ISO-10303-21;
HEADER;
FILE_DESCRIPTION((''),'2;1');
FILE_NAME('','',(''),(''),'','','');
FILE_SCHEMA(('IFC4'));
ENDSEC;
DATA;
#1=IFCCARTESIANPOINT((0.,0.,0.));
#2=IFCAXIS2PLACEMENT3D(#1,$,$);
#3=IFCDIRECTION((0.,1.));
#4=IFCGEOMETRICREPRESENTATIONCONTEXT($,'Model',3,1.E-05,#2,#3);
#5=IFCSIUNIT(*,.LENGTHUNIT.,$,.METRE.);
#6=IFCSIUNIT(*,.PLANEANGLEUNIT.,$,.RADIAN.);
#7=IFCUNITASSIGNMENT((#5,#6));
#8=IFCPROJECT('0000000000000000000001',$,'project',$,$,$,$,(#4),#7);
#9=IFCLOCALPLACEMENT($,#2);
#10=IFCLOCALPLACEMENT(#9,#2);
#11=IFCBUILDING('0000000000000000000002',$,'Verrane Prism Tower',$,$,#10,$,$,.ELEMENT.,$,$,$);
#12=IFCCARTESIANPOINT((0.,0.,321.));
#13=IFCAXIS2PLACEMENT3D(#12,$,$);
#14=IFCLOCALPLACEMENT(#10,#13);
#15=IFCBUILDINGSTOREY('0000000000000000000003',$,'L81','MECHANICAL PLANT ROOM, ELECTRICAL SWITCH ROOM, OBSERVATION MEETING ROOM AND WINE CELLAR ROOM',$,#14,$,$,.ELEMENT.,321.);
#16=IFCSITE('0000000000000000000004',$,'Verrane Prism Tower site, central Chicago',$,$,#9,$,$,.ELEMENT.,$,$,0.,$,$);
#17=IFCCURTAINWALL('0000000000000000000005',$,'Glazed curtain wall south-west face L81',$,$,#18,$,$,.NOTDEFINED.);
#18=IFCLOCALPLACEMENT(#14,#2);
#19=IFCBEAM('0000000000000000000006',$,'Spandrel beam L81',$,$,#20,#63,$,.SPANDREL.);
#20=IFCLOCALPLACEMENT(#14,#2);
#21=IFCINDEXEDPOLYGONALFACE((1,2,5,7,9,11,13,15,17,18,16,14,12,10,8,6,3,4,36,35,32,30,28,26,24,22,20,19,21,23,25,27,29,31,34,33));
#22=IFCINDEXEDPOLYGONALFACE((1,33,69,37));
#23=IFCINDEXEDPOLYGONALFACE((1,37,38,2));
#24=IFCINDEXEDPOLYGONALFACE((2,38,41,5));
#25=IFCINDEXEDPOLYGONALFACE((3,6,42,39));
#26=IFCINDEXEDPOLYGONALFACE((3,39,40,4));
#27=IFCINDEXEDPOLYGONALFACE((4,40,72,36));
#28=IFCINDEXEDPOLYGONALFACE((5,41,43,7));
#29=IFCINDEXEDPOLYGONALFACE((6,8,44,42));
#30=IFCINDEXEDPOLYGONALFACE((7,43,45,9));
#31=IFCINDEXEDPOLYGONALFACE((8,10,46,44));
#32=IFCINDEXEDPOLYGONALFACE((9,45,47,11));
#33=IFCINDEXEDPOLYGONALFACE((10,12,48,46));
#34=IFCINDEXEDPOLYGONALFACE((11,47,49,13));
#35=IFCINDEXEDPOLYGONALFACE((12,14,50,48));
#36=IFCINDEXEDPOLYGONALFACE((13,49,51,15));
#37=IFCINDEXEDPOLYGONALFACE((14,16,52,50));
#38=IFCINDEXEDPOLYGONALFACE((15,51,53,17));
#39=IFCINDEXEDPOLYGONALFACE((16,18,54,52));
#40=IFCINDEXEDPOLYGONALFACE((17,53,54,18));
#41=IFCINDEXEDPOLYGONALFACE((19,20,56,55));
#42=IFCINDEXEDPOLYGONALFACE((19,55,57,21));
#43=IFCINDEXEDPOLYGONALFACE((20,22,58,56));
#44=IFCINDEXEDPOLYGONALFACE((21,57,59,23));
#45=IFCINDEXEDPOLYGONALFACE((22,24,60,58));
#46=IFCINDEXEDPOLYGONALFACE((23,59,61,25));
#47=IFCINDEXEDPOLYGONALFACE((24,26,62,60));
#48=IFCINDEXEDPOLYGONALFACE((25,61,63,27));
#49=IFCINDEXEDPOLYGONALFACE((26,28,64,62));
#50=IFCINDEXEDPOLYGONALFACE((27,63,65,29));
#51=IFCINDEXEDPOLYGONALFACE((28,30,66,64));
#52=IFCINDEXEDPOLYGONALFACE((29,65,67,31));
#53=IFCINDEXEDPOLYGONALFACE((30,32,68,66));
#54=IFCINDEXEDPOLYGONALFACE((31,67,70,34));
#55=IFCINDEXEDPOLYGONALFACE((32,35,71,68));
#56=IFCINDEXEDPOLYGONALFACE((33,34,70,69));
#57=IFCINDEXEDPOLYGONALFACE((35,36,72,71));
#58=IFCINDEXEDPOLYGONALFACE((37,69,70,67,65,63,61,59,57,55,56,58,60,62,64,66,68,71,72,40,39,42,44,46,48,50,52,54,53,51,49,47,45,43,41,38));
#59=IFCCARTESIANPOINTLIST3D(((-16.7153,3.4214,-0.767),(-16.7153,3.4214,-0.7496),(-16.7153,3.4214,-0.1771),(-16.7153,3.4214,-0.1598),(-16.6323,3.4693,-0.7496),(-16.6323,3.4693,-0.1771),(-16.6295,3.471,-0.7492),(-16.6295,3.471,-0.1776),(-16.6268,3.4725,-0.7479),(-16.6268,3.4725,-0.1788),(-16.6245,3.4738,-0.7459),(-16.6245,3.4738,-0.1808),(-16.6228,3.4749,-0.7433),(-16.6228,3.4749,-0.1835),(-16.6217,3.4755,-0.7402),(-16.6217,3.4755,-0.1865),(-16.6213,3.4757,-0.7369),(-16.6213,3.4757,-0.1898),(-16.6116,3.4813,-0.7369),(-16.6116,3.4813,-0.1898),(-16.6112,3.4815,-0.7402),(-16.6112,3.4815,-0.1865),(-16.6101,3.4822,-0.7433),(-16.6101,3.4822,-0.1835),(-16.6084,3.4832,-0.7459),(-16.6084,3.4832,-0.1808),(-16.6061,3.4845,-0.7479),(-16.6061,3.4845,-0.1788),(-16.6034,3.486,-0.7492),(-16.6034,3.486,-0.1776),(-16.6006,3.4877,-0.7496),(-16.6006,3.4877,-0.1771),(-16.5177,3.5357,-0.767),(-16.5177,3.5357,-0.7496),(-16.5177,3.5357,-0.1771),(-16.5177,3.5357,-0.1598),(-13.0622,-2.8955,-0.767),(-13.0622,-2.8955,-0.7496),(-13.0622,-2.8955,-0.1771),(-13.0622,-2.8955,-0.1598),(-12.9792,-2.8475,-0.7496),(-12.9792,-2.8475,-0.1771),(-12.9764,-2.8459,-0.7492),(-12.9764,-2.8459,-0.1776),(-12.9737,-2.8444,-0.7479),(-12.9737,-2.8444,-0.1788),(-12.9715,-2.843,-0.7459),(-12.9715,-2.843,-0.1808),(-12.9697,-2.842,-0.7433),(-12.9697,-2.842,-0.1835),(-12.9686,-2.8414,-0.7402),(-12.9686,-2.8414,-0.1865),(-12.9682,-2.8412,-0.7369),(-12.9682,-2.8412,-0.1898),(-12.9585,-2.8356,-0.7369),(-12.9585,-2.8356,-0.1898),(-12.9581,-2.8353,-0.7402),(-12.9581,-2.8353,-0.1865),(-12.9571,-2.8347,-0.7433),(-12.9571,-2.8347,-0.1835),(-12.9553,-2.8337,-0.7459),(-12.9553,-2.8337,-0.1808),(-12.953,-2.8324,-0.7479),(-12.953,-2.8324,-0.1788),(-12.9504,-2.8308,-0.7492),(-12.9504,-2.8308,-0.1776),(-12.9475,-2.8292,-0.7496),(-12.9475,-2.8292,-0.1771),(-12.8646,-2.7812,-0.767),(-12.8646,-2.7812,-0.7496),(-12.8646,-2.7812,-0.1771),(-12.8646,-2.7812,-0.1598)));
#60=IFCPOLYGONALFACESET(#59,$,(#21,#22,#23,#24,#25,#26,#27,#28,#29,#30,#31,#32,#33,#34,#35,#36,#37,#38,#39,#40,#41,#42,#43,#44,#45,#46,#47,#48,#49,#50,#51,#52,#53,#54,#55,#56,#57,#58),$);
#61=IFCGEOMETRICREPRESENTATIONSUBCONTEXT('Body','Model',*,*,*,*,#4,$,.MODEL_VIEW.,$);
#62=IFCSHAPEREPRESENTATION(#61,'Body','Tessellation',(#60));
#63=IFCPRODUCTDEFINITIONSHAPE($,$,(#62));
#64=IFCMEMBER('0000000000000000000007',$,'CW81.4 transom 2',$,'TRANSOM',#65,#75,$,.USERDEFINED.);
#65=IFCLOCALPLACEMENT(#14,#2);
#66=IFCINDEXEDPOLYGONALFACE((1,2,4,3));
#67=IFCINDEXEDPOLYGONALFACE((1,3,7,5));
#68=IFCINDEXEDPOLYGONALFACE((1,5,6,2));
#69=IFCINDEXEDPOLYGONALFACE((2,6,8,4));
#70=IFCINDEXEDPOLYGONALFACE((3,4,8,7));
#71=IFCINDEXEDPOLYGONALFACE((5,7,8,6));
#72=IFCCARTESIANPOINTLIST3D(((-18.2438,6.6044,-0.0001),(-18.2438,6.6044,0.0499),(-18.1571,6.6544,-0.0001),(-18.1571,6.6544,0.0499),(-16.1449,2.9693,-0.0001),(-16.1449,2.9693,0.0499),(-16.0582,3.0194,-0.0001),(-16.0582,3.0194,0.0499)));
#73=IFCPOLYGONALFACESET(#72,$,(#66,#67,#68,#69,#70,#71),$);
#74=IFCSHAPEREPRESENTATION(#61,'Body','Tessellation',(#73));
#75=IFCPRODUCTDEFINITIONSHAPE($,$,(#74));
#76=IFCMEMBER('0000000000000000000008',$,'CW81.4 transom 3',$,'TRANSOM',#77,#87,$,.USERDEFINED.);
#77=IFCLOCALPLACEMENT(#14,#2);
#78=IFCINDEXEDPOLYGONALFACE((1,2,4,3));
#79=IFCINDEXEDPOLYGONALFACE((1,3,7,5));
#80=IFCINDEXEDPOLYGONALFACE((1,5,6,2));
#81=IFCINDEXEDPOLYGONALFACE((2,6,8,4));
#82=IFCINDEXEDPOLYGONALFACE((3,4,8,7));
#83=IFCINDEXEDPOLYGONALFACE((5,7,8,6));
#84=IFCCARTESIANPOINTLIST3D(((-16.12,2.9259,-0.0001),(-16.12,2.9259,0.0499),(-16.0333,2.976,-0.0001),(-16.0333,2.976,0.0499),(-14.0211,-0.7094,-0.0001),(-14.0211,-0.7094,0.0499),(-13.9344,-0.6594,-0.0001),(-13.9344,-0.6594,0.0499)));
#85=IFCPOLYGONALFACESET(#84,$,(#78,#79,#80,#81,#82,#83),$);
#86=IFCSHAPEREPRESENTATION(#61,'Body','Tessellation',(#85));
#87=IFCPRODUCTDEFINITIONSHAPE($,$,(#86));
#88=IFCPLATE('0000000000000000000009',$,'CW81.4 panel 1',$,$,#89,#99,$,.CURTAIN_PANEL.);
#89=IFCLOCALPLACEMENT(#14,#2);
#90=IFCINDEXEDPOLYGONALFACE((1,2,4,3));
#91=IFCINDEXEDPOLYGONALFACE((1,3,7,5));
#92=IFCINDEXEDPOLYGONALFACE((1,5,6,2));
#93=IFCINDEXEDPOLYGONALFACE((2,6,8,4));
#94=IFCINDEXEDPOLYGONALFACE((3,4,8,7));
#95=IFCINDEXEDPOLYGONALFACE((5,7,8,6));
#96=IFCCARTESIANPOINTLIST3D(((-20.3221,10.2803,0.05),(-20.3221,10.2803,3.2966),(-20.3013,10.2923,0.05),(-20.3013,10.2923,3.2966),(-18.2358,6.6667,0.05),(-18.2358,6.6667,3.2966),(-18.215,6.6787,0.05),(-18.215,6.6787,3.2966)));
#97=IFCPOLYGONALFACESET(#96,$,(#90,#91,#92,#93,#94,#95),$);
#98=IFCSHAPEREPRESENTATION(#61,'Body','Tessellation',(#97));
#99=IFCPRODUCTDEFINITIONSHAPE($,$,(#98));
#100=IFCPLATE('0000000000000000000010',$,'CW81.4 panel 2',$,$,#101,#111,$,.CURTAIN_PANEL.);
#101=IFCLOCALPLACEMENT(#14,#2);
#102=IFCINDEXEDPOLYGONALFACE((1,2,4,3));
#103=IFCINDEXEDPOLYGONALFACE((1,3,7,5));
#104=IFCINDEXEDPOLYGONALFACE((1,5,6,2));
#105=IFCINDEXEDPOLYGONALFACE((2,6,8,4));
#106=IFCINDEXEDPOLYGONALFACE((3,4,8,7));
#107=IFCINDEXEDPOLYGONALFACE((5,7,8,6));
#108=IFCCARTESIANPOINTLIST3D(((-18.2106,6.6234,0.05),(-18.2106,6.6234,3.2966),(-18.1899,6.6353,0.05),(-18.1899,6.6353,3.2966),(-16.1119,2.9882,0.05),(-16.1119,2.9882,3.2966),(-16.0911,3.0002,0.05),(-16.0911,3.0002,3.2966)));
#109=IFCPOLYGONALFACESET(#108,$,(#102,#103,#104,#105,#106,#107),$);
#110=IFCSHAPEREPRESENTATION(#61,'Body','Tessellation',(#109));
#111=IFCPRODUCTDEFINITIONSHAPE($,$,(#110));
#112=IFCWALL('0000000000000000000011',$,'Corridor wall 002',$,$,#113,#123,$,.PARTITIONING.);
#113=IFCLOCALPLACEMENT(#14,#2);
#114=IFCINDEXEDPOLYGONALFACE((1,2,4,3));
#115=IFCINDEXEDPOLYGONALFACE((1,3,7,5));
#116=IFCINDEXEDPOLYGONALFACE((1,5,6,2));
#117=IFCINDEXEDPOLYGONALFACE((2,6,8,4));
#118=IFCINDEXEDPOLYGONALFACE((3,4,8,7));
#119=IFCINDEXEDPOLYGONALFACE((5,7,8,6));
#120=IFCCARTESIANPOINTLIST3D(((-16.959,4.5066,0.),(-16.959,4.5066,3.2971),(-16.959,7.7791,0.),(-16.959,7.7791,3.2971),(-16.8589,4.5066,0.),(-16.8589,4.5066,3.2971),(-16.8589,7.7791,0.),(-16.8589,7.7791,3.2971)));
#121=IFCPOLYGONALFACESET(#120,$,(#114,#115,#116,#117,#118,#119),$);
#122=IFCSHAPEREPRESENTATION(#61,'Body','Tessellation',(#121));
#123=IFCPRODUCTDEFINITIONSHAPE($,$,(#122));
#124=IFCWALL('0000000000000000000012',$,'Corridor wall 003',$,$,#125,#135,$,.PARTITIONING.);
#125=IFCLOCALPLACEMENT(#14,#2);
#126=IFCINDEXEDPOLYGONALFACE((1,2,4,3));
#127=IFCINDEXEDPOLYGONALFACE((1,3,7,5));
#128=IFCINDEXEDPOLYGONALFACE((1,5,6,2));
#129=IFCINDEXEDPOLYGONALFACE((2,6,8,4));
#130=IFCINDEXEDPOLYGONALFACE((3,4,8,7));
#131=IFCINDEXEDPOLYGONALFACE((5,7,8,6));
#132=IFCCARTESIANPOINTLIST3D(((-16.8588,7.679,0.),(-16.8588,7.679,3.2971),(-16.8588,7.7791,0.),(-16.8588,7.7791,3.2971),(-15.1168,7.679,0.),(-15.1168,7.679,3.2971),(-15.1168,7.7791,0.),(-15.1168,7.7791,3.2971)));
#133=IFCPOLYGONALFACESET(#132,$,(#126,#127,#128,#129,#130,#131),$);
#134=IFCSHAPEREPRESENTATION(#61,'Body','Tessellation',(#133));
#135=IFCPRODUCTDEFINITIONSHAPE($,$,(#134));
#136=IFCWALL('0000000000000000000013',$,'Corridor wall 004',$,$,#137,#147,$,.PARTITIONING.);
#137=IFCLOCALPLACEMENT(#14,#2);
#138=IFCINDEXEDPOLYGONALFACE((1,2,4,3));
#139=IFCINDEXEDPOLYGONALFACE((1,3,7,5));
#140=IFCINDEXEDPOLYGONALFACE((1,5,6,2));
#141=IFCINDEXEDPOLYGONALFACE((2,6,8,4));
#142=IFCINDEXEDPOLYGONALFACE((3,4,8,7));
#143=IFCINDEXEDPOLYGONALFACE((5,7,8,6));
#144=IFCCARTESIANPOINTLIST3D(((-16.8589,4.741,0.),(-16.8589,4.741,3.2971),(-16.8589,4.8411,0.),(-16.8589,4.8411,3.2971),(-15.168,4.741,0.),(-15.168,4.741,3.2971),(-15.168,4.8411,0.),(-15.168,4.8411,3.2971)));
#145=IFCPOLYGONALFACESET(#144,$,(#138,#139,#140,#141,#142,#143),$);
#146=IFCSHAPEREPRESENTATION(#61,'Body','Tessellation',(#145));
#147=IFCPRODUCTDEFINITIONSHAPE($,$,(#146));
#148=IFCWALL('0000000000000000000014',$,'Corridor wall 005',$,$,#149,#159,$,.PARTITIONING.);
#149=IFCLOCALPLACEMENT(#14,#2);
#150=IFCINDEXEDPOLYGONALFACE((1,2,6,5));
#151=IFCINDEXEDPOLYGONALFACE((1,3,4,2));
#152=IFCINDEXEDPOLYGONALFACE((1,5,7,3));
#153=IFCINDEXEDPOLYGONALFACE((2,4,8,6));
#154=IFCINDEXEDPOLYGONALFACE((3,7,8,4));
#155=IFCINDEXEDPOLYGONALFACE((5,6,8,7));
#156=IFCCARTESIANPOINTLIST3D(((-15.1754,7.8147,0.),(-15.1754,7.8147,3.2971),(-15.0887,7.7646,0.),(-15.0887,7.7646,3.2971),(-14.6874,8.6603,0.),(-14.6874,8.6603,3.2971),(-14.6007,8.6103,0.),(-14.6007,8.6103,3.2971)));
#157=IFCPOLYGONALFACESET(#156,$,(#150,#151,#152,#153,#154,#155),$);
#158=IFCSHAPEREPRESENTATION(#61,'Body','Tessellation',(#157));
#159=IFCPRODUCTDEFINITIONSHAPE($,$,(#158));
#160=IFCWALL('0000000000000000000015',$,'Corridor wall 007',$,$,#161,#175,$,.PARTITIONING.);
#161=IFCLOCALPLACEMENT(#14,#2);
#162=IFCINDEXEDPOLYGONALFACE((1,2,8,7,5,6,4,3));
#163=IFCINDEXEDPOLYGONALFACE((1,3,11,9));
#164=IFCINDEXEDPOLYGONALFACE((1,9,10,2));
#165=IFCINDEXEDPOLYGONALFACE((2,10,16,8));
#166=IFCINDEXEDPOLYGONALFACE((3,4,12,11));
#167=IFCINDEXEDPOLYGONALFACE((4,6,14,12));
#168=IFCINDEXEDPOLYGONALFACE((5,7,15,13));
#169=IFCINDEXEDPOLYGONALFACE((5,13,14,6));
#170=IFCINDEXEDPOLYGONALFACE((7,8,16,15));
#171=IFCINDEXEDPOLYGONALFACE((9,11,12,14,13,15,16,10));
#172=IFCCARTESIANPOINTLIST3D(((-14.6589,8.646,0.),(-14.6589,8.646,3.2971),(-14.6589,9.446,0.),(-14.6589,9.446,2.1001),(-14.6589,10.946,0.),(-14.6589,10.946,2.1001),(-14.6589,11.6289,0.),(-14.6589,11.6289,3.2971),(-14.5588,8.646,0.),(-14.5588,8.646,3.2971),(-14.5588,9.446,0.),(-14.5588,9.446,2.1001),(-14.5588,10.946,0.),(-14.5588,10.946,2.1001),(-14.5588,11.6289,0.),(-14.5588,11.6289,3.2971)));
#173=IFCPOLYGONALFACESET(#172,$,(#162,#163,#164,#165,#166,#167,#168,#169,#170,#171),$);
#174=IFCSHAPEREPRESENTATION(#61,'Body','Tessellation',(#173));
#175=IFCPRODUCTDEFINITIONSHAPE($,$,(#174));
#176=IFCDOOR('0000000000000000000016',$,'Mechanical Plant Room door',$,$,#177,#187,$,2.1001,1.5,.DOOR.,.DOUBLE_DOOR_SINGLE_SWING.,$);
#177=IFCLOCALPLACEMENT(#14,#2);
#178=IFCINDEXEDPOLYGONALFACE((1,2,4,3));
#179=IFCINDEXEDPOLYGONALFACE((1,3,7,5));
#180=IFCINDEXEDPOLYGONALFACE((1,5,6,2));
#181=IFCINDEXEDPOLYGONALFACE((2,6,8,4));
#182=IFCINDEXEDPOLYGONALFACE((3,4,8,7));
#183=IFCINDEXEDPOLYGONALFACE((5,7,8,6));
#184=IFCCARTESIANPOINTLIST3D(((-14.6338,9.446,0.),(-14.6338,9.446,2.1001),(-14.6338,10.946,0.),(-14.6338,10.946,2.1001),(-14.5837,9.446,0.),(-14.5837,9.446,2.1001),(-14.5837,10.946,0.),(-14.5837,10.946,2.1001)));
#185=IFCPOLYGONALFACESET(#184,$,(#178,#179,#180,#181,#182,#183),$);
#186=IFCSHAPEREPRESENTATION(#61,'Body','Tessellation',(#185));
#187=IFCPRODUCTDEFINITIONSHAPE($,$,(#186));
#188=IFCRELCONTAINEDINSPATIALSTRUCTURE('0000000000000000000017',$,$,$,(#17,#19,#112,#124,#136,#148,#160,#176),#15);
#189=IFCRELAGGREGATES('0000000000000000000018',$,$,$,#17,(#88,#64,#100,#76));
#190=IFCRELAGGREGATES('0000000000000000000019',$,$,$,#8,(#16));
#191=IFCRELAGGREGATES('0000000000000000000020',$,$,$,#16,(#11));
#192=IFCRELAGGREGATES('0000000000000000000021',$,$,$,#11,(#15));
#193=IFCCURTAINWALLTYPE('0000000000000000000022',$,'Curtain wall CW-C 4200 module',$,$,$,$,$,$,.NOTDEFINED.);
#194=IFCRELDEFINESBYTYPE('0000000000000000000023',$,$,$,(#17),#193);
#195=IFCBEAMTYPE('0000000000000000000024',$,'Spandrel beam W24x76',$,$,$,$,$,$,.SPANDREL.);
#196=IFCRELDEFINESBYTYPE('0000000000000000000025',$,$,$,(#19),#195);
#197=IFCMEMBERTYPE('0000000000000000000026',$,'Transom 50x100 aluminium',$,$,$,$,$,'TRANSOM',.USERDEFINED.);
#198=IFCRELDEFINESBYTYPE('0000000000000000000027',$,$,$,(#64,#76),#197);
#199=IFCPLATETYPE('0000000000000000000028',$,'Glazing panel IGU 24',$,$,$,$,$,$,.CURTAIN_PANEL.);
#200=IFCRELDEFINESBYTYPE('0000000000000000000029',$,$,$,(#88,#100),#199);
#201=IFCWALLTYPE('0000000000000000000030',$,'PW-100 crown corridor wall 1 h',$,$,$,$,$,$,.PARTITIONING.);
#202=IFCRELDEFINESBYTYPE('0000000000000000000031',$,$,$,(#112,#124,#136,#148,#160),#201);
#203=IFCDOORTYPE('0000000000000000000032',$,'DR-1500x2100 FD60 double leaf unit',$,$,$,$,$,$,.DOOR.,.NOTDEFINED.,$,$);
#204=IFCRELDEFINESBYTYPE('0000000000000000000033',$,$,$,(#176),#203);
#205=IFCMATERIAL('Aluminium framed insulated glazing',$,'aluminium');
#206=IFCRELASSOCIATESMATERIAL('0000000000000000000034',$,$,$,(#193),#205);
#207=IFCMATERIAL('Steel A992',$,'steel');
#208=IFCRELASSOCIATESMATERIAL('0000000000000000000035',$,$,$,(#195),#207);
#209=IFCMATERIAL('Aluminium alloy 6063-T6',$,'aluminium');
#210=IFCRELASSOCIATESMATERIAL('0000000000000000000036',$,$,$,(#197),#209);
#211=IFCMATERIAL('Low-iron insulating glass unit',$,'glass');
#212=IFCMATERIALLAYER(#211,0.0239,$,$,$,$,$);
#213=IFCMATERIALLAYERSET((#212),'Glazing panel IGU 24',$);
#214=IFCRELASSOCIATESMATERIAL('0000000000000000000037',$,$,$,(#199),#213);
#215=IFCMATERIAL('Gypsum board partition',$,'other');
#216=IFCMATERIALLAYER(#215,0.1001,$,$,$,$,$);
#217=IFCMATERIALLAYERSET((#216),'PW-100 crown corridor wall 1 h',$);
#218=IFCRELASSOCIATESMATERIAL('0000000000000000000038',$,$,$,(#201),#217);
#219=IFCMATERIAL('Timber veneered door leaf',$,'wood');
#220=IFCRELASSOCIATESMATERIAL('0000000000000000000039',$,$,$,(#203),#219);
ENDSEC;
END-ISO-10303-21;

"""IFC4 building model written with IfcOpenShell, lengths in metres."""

from ifc_helpers import new_model, si_unit, direction, frame, frame_2d, origin, origin_2d, place, context, subcontext, project, spatial, rectangle, i_section, extrude, material, layer, layer_set, material_profile, profile_set, type_object, element, fill, aggregate, save


model = new_model("IFC4")

# Units and contexts
model_context = context("Model", 3, precision=1e-05, world=origin(), true_north=direction((0.0, 1.0)))
body_context = subcontext(model_context, "Body", "Model", "MODEL_VIEW")
ifc_project = project(units=[si_unit("LENGTHUNIT", "METRE"), si_unit("PLANEANGLEUNIT", "RADIAN")], contexts=[model_context])

# Site, building, storey
site_placement = place(None, origin())
site = spatial("IfcSite", under=ifc_project, at=site_placement, Name="Verrane Prism Tower site, central Chicago", CompositionType="ELEMENT", RefElevation=0.0)
building_placement = place(site_placement, origin())
building = spatial("IfcBuilding", under=site, at=building_placement, Name="Verrane Prism Tower", CompositionType="ELEMENT")
storey_placement = place(building_placement, frame((0.0, 0.0, 321.0)))
storey = spatial("IfcBuildingStorey", under=building, at=storey_placement, Name="L81", Description="MECHANICAL PLANT ROOM, ELECTRICAL SWITCH ROOM, OBSERVATION MEETING ROOM AND WINE CELLAR ROOM", CompositionType="ELEMENT", Elevation=321.0)

# Curtain wall
ifc_material_1 = material(Name="Aluminium framed insulated glazing", Category="aluminium")
curtain_wall_type = type_object("IfcCurtainWallType", Name="Curtain wall CW-C 4200 module", PredefinedType="NOTDEFINED", material=ifc_material_1)
curtain_wall_placement = place(storey_placement, origin())
curtain_wall = element("IfcCurtainWall", 1, at=curtain_wall_placement, inside=storey, type_object=curtain_wall_type, Name="Glazed curtain wall south-west face L81", PredefinedType="NOTDEFINED")

# Beam
ifc_material_2 = material(Name="Steel A992", Category="steel")
ifc_material_profile_1 = material_profile(ifc_material_2, i_section(OverallWidth=0.2283, OverallDepth=0.6072, WebThickness=0.0112, FlangeThickness=0.0173, FilletRadius=0.0127, at=origin_2d()), Name="W24x76")
ifc_profile_set_1 = profile_set([ifc_material_profile_1], Name="Steel A992")
beam_type_1 = type_object("IfcBeamType", Name="Spandrel beam W24x76", PredefinedType="SPANDREL", material=ifc_profile_set_1)
beam_1_placement = place(storey_placement, frame((-16.6165, 3.4785, -0.4634), z_axis=(0.500618, -0.865668, 0.0), x_axis=(0.865668, 0.500618, 0.0)))
element("IfcBeam", 2, at=beam_1_placement, inside=storey, type_object=beam_type_1, Name="Spandrel beam L81", PredefinedType="SPANDREL", context=body_context, shape_type="SweptSolid", body=[
    extrude(i_section(OverallWidth=0.2283, OverallDepth=0.6072, WebThickness=0.0112, FlangeThickness=0.0173, FilletRadius=0.0127, at=origin_2d()), origin(), (0.0, 0.0, 1.0), 7.2971),
])

# Members
ifc_material_3 = material(Name="Aluminium alloy 6063-T6", Category="aluminium")
ifc_material_profile_2 = material_profile(ifc_material_3, rectangle(XDim=0.1001, YDim=0.05, at=origin_2d()), Name="Transom 50x100 aluminium")
ifc_profile_set_2 = profile_set([ifc_material_profile_2], Name="Aluminium alloy 6063-T6")
member_type_1 = type_object("IfcMemberType", Name="Transom 50x100 aluminium", ElementType="TRANSOM", PredefinedType="USERDEFINED", material=ifc_profile_set_2)
member_1_placement = place(storey_placement, frame((-18.2004, 6.6294, 0.0249), z_axis=(0.500036, -0.866004, 0.0), x_axis=(0.866004, 0.500036, 0.0)))
member_1 = element("IfcMember", 3, at=member_1_placement, type_object=member_type_1, Name="CW81.4 transom 2", ObjectType="TRANSOM", PredefinedType="USERDEFINED", context=body_context, shape_type="SweptSolid", body=[
    extrude(rectangle(XDim=0.1001, YDim=0.05, at=origin_2d()), origin(), (0.0, 0.0, 1.0), 4.1975),
])
member_2_placement = place(storey_placement, frame((-16.0767, 2.9509, 0.0249), z_axis=(0.500011, -0.866019, 0.0), x_axis=(0.866019, 0.500011, 0.0)))
member_2 = element("IfcMember", 4, at=member_2_placement, type_object=member_type_1, Name="CW81.4 transom 3", ObjectType="TRANSOM", PredefinedType="USERDEFINED", context=body_context, shape_type="SweptSolid", body=[
    extrude(rectangle(XDim=0.1001, YDim=0.05, at=origin_2d()), origin(), (0.0, 0.0, 1.0), 4.1978),
])

# Plates
ifc_material_4 = material(Name="Low-iron insulating glass unit", Category="glass")
ifc_layer_1 = layer(ifc_material_4, 0.0239)
ifc_layer_set_1 = layer_set([ifc_layer_1], Name="Glazing panel IGU 24")
plate_type = type_object("IfcPlateType", Name="Glazing panel IGU 24", PredefinedType="CURTAIN_PANEL", material=ifc_layer_set_1)
plate_1_placement = place(storey_placement, frame((-19.2686, 8.4795, 0.05), z_axis=(0.0, 0.0, 1.0), x_axis=(0.5, -0.866025, 0.0)))
plate_1 = element("IfcPlate", 5, at=plate_1_placement, type_object=plate_type, Name="CW81.4 panel 1", PredefinedType="CURTAIN_PANEL", context=body_context, shape_type="SweptSolid", body=[
    extrude(rectangle(XDim=4.1726, YDim=0.0239, at=origin_2d()), origin(), (0.0, 0.0, 1.0), 3.2466),
])
plate_2_placement = place(storey_placement, frame((-17.1509, 4.8118, 0.05), z_axis=(0.0, 0.0, 1.0), x_axis=(0.5, -0.866025, 0.0)))
plate_2 = element("IfcPlate", 6, at=plate_2_placement, type_object=plate_type, Name="CW81.4 panel 2", PredefinedType="CURTAIN_PANEL", context=body_context, shape_type="SweptSolid", body=[
    extrude(rectangle(XDim=4.1975, YDim=0.0239, at=origin_2d()), origin(), (0.0, 0.0, 1.0), 3.2466),
])
aggregate(curtain_wall, [plate_1, member_1, plate_2, member_2])

# Walls
ifc_material_5 = material(Name="Gypsum board partition", Category="other")
ifc_layer_2 = layer(ifc_material_5, 0.1001)
ifc_layer_set_2 = layer_set([ifc_layer_2], Name="PW-100 crown corridor wall 1 h")
wall_type = type_object("IfcWallType", Name="PW-100 crown corridor wall 1 h", PredefinedType="PARTITIONING", material=ifc_layer_set_2)
wall_1_placement = place(storey_placement, frame((-16.9089, 4.5066, 0.0), z_axis=(0.0, 0.0, 1.0), x_axis=(0.0, 1.0, 0.0)))
element("IfcWall", 7, at=wall_1_placement, inside=storey, type_object=wall_type, Name="Corridor wall 002", PredefinedType="PARTITIONING", context=body_context, shape_type="SweptSolid", body=[
    extrude(rectangle(XDim=3.2725, YDim=0.1001, at=frame_2d((1.6362, 0.0))), origin(), (0.0, 0.0, 1.0), 3.2971),
])
wall_2_placement = place(storey_placement, frame((-16.8589, 7.729, 0.0), z_axis=(0.0, 0.0, 1.0), x_axis=(1.0, 0.0, 0.0)))
element("IfcWall", 8, at=wall_2_placement, inside=storey, type_object=wall_type, Name="Corridor wall 003", PredefinedType="PARTITIONING", context=body_context, shape_type="SweptSolid", body=[
    extrude(rectangle(XDim=1.7419, YDim=0.1001, at=frame_2d((0.8711, 0.0))), origin(), (0.0, 0.0, 1.0), 3.2971),
])
wall_3_placement = place(storey_placement, frame((-16.8589, 4.791, 0.0), z_axis=(0.0, 0.0, 1.0), x_axis=(1.0, 0.0, 0.0)))
element("IfcWall", 9, at=wall_3_placement, inside=storey, type_object=wall_type, Name="Corridor wall 004", PredefinedType="PARTITIONING", context=body_context, shape_type="SweptSolid", body=[
    extrude(rectangle(XDim=1.6909, YDim=0.1001, at=frame_2d((0.8455, 0.0))), origin(), (0.0, 0.0, 1.0), 3.2971),
])
wall_4_placement = place(storey_placement, frame((-15.1321, 7.7896, 0.0), z_axis=(0.0, 0.0, 1.0), x_axis=(0.499823, 0.866127, 0.0)))
element("IfcWall", 10, at=wall_4_placement, inside=storey, type_object=wall_type, Name="Corridor wall 005", PredefinedType="PARTITIONING", context=body_context, shape_type="SweptSolid", body=[
    extrude(rectangle(XDim=0.9763, YDim=0.1001, at=frame_2d((0.4883, 0.0))), origin(), (0.0, 0.0, 1.0), 3.2971),
])

# Wall, opening, door
wall_5_placement = place(storey_placement, frame((-14.6089, 8.646, 0.0), z_axis=(0.0, 0.0, 1.0), x_axis=(0.0, 1.0, 0.0)))
wall_5 = element("IfcWall", 11, at=wall_5_placement, inside=storey, type_object=wall_type, Name="Corridor wall 007", PredefinedType="PARTITIONING", context=body_context, shape_type="SweptSolid", body=[
    extrude(rectangle(XDim=2.9829, YDim=0.1001, at=frame_2d((1.4915, 0.0))), origin(), (0.0, 0.0, 1.0), 3.2971),
])
opening_placement = place(wall_5_placement, frame((0.8, 0.0, 0.0)))
opening = element("IfcOpeningElement", 12, at=opening_placement, cuts=wall_5, PredefinedType="OPENING", context=body_context, shape_type="SweptSolid", body=[
    extrude(rectangle(XDim=1.5, YDim=2.1001, at=frame_2d((0.75, 1.05))), frame((0.0, 0.0601, 0.0), z_axis=(0.0, -1.0, 0.0), x_axis=(1.0, 0.0, 0.0)), (0.0, 0.0, 1.0), 0.1201),
])
ifc_material_6 = material(Name="Timber veneered door leaf", Category="wood")
door_type = type_object("IfcDoorType", Name="DR-1500x2100 FD60 double leaf unit", OperationType="NOTDEFINED", PredefinedType="DOOR", material=ifc_material_6)
door_placement = place(opening_placement, origin())
door = element("IfcDoor", 13, at=door_placement, inside=storey, type_object=door_type, Name="Mechanical Plant Room door", OperationType="DOUBLE_DOOR_SINGLE_SWING", OverallHeight=2.1001, OverallWidth=1.5, PredefinedType="DOOR", context=body_context, shape_type="SweptSolid", body=[
    extrude(rectangle(XDim=1.5, YDim=2.1001, at=frame_2d((0.75, 1.05))), frame((0.0, 0.0249, 0.0), z_axis=(0.0, -1.0, 0.0), x_axis=(1.0, 0.0, 0.0)), (0.0, 0.0, 1.0), 0.05),
])
fill(opening, door)

save(model, "model.ifc")
